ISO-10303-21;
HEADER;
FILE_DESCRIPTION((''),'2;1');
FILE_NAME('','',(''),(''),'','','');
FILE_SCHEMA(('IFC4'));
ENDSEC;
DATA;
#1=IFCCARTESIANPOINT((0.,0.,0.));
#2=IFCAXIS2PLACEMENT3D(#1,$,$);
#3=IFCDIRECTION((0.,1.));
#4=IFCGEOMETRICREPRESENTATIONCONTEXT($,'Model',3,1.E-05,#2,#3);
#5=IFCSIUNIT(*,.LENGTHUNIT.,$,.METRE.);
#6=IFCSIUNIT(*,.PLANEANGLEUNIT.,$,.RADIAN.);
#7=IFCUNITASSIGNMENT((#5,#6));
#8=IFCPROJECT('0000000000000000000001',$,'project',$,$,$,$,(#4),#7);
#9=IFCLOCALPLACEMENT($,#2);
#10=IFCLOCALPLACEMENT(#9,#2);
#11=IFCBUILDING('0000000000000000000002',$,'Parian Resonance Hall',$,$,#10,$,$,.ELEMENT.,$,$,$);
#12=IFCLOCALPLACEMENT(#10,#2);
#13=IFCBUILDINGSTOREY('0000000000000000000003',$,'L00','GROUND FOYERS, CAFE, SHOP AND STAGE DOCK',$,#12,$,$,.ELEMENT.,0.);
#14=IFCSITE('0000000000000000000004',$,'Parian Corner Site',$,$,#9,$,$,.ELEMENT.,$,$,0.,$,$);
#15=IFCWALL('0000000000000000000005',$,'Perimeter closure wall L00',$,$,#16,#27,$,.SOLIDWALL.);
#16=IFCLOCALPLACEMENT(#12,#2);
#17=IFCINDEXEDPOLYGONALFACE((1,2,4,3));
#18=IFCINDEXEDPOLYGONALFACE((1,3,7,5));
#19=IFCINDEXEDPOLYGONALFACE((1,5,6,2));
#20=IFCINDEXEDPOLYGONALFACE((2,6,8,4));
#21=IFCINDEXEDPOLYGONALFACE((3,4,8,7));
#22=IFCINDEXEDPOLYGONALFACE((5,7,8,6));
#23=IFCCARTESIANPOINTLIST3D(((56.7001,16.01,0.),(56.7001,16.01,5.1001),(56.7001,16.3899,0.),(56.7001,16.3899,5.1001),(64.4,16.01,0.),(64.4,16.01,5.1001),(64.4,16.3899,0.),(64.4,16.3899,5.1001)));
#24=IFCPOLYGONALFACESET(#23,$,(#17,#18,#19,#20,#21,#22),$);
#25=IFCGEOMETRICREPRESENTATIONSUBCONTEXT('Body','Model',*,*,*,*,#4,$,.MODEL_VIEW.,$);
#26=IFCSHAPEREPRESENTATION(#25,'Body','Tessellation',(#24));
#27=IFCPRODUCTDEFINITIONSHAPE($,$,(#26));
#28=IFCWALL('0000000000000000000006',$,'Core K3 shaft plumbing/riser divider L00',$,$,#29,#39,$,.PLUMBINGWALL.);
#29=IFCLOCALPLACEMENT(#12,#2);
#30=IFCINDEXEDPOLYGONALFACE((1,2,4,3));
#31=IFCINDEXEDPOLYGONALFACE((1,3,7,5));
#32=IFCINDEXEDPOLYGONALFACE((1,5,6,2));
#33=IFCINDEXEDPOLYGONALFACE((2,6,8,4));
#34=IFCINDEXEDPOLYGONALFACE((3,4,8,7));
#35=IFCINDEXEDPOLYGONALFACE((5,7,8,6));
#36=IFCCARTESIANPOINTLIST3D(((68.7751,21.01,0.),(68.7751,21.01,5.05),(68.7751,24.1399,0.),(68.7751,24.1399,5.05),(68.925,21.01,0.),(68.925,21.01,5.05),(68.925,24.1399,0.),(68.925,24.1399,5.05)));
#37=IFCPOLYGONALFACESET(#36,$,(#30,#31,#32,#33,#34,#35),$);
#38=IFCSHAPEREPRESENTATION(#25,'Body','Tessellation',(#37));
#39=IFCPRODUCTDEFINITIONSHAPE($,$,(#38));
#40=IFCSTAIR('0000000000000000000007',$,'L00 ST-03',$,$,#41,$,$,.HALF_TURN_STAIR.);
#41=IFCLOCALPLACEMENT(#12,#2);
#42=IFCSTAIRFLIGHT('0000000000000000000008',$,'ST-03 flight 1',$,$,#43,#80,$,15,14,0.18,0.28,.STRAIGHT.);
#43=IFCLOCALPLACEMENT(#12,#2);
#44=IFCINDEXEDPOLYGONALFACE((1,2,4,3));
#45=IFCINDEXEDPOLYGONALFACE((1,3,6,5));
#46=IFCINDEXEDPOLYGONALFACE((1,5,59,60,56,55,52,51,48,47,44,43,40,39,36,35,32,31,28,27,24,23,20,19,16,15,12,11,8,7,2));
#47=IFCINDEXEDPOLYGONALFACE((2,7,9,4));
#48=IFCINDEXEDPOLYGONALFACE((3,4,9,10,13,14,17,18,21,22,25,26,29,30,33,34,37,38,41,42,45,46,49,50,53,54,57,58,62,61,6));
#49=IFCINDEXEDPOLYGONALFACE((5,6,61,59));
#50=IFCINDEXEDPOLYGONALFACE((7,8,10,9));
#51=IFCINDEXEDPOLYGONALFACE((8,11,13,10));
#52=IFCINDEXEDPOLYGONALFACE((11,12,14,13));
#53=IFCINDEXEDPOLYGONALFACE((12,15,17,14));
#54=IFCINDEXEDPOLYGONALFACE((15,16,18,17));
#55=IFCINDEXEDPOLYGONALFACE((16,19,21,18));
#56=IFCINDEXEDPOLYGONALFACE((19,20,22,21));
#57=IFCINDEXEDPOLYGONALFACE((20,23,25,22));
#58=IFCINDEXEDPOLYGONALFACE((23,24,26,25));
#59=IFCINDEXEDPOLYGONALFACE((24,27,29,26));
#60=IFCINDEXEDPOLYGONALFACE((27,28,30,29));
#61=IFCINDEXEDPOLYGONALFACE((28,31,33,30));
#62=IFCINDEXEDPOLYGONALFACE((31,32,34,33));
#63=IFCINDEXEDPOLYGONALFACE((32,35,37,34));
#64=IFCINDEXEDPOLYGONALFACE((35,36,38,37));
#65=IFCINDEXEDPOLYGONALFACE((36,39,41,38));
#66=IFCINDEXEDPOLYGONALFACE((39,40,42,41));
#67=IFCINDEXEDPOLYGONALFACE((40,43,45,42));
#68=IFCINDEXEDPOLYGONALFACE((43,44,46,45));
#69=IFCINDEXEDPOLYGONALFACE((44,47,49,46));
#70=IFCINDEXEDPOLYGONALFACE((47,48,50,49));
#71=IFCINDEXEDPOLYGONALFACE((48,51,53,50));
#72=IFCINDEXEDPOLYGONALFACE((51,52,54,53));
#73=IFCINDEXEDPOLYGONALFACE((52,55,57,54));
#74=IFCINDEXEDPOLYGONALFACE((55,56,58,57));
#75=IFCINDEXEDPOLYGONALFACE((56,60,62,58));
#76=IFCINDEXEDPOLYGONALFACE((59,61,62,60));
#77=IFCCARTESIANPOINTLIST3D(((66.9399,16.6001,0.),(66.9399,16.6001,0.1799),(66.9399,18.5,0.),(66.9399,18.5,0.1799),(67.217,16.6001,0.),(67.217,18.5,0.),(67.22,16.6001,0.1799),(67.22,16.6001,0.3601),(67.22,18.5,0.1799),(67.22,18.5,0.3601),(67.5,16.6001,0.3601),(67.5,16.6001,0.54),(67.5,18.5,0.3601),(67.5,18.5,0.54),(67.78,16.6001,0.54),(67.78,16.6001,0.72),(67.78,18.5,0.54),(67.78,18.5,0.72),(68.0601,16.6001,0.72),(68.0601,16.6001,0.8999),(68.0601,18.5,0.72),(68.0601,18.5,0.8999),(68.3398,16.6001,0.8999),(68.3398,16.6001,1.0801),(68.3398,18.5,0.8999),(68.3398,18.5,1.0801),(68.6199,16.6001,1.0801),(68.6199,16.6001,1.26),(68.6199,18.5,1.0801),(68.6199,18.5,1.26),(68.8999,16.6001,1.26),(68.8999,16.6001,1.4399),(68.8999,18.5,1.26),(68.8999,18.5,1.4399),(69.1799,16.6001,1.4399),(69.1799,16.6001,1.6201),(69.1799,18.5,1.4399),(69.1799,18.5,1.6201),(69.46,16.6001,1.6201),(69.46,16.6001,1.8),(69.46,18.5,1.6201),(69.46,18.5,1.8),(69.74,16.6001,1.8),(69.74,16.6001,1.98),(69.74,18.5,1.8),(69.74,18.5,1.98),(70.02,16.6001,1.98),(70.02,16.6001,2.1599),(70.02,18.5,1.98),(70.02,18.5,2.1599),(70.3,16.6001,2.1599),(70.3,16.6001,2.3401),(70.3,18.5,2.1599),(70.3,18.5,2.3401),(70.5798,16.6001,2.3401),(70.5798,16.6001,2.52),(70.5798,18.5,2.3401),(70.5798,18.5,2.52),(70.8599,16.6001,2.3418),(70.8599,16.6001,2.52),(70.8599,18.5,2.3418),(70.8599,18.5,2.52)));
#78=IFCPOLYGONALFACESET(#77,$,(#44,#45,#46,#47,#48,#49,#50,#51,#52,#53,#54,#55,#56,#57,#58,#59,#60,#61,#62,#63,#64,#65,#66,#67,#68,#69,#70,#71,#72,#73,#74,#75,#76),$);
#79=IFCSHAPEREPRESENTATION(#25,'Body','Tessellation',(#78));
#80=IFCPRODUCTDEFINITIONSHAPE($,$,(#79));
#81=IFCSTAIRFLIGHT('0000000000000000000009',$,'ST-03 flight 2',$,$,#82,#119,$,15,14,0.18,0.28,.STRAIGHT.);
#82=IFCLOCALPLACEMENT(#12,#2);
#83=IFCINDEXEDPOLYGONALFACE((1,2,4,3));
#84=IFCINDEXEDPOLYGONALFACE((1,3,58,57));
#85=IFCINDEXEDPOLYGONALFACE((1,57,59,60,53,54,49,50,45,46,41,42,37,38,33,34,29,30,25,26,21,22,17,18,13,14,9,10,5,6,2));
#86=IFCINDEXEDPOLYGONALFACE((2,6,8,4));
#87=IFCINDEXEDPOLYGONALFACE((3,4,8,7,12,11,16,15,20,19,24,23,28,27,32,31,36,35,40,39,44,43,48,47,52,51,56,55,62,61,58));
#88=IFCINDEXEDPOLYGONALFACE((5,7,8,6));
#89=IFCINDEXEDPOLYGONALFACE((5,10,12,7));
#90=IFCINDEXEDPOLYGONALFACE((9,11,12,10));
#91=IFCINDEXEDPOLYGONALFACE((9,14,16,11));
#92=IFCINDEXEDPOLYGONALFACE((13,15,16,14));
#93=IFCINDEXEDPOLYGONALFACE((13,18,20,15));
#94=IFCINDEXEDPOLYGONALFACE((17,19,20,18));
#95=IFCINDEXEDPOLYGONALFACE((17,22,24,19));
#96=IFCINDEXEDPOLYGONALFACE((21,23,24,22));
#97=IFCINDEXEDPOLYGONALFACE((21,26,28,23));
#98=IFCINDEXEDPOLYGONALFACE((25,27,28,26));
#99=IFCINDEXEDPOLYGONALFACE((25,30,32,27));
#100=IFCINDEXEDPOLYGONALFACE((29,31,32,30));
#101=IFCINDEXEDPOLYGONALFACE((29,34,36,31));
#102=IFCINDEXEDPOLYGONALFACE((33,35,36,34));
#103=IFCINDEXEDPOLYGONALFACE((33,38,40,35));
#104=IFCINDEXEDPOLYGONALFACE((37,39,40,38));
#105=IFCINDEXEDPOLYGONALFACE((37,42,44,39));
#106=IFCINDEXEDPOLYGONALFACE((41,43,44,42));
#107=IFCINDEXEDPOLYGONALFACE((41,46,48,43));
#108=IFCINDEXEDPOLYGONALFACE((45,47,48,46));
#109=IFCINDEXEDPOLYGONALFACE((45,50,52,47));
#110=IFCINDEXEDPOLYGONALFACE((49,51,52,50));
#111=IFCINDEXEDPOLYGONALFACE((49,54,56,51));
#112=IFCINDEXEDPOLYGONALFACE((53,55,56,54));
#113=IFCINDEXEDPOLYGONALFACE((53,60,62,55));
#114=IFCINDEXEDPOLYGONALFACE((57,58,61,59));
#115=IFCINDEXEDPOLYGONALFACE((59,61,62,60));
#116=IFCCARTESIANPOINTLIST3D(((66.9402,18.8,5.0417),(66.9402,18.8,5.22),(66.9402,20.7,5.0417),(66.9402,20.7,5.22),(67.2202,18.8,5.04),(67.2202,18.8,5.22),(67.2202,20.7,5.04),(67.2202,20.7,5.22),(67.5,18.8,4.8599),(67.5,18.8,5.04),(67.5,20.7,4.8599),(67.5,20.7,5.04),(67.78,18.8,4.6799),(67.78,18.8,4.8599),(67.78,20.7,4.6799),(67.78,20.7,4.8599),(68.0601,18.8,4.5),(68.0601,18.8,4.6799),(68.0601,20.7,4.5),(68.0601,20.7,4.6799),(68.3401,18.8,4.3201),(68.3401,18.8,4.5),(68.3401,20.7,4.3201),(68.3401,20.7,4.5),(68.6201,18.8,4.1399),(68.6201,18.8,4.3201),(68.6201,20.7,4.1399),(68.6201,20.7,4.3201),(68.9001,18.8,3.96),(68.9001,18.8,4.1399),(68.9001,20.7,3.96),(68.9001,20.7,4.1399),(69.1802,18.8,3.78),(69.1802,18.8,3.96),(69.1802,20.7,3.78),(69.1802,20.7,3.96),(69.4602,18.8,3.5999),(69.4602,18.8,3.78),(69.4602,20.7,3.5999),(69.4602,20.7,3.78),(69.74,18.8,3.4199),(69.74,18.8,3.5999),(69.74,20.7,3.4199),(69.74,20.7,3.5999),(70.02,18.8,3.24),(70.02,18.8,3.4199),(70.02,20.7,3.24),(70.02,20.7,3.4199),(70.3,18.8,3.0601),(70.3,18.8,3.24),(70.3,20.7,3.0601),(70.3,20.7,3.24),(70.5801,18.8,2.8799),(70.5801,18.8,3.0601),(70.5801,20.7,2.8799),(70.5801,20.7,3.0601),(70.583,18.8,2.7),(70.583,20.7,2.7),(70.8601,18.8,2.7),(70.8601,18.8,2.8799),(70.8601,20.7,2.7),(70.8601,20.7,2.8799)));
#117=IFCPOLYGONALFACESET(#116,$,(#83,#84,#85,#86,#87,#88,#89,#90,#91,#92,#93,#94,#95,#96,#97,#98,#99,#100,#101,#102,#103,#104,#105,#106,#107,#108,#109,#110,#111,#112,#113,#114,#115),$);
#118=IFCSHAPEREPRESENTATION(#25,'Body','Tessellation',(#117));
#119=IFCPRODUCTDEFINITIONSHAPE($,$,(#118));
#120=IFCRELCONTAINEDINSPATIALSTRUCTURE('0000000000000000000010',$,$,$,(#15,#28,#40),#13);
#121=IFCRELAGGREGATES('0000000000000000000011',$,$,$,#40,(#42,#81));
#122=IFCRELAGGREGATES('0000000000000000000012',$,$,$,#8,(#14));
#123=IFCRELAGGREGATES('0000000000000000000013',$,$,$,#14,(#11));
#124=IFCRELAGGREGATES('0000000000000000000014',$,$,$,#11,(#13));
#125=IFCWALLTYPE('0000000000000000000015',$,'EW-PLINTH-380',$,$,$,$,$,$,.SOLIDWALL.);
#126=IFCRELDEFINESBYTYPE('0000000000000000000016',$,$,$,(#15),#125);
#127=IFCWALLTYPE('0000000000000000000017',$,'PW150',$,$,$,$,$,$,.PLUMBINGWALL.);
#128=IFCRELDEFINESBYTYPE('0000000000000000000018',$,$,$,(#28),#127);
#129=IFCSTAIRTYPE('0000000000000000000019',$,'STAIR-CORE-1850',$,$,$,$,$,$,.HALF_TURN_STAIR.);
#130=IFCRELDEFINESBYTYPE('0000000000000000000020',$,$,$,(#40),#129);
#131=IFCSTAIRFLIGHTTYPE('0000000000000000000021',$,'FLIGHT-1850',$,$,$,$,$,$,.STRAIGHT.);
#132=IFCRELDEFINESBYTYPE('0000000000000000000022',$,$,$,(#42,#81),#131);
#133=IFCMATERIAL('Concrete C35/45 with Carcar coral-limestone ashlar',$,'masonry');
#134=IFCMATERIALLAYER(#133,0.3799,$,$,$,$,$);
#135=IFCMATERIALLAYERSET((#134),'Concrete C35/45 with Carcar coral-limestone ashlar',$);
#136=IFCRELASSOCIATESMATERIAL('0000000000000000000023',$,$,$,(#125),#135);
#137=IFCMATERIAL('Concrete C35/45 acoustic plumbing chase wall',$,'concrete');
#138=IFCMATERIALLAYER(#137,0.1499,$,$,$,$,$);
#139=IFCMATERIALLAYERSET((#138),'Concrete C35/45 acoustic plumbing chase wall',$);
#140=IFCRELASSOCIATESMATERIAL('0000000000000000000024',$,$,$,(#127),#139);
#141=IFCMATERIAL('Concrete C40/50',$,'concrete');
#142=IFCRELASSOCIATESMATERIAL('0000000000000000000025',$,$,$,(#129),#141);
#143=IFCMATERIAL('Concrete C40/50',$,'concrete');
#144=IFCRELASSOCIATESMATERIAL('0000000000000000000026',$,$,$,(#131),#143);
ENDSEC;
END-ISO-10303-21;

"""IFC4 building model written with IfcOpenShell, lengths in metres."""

from ifc_helpers import new_model, si_unit, direction, frame, frame_2d, origin, place, context, subcontext, project, spatial, polyline, rectangle, outline, extrude, material, layer, layer_set, type_object, element, aggregate, save


model = new_model("IFC4")

# Units and contexts
model_context = context("Model", 3, precision=1e-05, world=origin(), true_north=direction((0.0, 1.0)))
body_context = subcontext(model_context, "Body", "Model", "MODEL_VIEW")
ifc_project = project(units=[si_unit("LENGTHUNIT", "METRE"), si_unit("PLANEANGLEUNIT", "RADIAN")], contexts=[model_context])

# Site, building, storey
site_placement = place(None, origin())
site = spatial("IfcSite", under=ifc_project, at=site_placement, Name="Parian Corner Site", CompositionType="ELEMENT", RefElevation=0.0)
building_placement = place(site_placement, origin())
building = spatial("IfcBuilding", under=site, at=building_placement, Name="Parian Resonance Hall", CompositionType="ELEMENT")
storey_placement = place(building_placement, origin())
storey = spatial("IfcBuildingStorey", under=building, at=storey_placement, Name="L00", Description="GROUND FOYERS, CAFE, SHOP AND STAGE DOCK", CompositionType="ELEMENT", Elevation=0.0)

# Walls
ifc_material_1 = material(Name="Concrete C35/45 with Carcar coral-limestone ashlar", Category="masonry")
ifc_layer_1 = layer(ifc_material_1, 0.3799)
ifc_layer_set_1 = layer_set([ifc_layer_1], Name="Concrete C35/45 with Carcar coral-limestone ashlar")
wall_type_1 = type_object("IfcWallType", Name="EW-PLINTH-380", PredefinedType="SOLIDWALL", material=ifc_layer_set_1)
wall_1_placement = place(storey_placement, frame((56.7, 16.2, 0.0), z_axis=(0.0, 0.0, 1.0), x_axis=(1.0, 0.0, 0.0)))
element("IfcWall", 1, at=wall_1_placement, inside=storey, type_object=wall_type_1, Name="Perimeter closure wall L00", PredefinedType="SOLIDWALL", context=body_context, shape_type="SweptSolid", body=[
    extrude(rectangle(XDim=7.7, YDim=0.3799, at=frame_2d((3.8501, 0.0))), origin(), (0.0, 0.0, 1.0), 5.1001),
])
ifc_material_2 = material(Name="Concrete C35/45 acoustic plumbing chase wall", Category="concrete")
ifc_layer_2 = layer(ifc_material_2, 0.1499)
ifc_layer_set_2 = layer_set([ifc_layer_2], Name="Concrete C35/45 acoustic plumbing chase wall")
wall_type_2 = type_object("IfcWallType", Name="PW150", PredefinedType="PLUMBINGWALL", material=ifc_layer_set_2)
wall_2_placement = place(storey_placement, frame((68.8501, 21.01, 0.0), z_axis=(0.0, 0.0, 1.0), x_axis=(0.0, 1.0, 0.0)))
element("IfcWall", 2, at=wall_2_placement, inside=storey, type_object=wall_type_2, Name="Core K3 shaft plumbing/riser divider L00", PredefinedType="PLUMBINGWALL", context=body_context, shape_type="SweptSolid", body=[
    extrude(rectangle(XDim=3.1299, YDim=0.1499, at=frame_2d((1.5649, 0.0))), origin(), (0.0, 0.0, 1.0), 5.05),
])

# Stair, stair flights
ifc_material_3 = material(Name="Concrete C40/50", Category="concrete")
stair_type = type_object("IfcStairType", Name="STAIR-CORE-1850", PredefinedType="HALF_TURN_STAIR", material=ifc_material_3)
stair_placement = place(storey_placement, origin())
stair = element("IfcStair", 3, at=stair_placement, inside=storey, type_object=stair_type, Name="L00 ST-03", PredefinedType="HALF_TURN_STAIR")
ifc_material_4 = material(Name="Concrete C40/50", Category="concrete")
stair_flight_type = type_object("IfcStairFlightType", Name="FLIGHT-1850", PredefinedType="STRAIGHT", material=ifc_material_4)
stair_flight_1_placement = place(storey_placement, frame((66.9399, 17.55, 0.0), z_axis=(0.0, 0.0, 1.0), x_axis=(1.0, 0.0, 0.0)))
stair_flight_1 = element("IfcStairFlight", 4, at=stair_flight_1_placement, type_object=stair_flight_type, Name="ST-03 flight 1", NumberOfRisers=15, NumberOfTreads=14, PredefinedType="STRAIGHT", RiserHeight=0.18, TreadLength=0.28, context=body_context, shape_type="SweptSolid", body=[
    extrude(outline(polyline([(0.0, 0.0), (0.0, 0.1799), (0.28, 0.1799), (0.28, 0.3601), (0.5601, 0.3601), (0.5601, 0.54), (0.8401, 0.54), (0.8401, 0.72), (1.1201, 0.72), (1.1201, 0.8999), (1.3999, 0.8999), (1.3999, 1.0801), (1.6799, 1.0801), (1.6799, 1.26), (1.96, 1.26), (1.96, 1.4399), (2.24, 1.4399), (2.24, 1.6201), (2.52, 1.6201), (2.52, 1.8), (2.8, 1.8), (2.8, 1.98), (3.0801, 1.98), (3.0801, 2.1599), (3.3601, 2.1599), (3.3601, 2.3401), (3.6399, 2.3401), (3.6399, 2.52), (3.9199, 2.52), (3.9199, 2.7), (3.9199, 2.3418), (0.2771, 0.0), (0.0, 0.0)])), frame((0.0, 0.95, 0.0), z_axis=(0.0, -1.0, 0.0), x_axis=(1.0, 0.0, 0.0)), (0.0, 0.0, 1.0), 1.8999),
])
stair_flight_2_placement = place(storey_placement, frame((70.8601, 19.75, 2.7), z_axis=(0.0, 0.0, 1.0), x_axis=(-1.0, 0.0, 0.0)))
stair_flight_2 = element("IfcStairFlight", 5, at=stair_flight_2_placement, type_object=stair_flight_type, Name="ST-03 flight 2", NumberOfRisers=15, NumberOfTreads=14, PredefinedType="STRAIGHT", RiserHeight=0.18, TreadLength=0.28, context=body_context, shape_type="SweptSolid", body=[
    extrude(outline(polyline([(0.0, 0.0), (0.0, 0.1799), (0.28, 0.1799), (0.28, 0.3601), (0.5601, 0.3601), (0.5601, 0.54), (0.8401, 0.54), (0.8401, 0.72), (1.1201, 0.72), (1.1201, 0.8999), (1.3999, 0.8999), (1.3999, 1.0801), (1.6799, 1.0801), (1.6799, 1.26), (1.96, 1.26), (1.96, 1.4399), (2.24, 1.4399), (2.24, 1.6201), (2.52, 1.6201), (2.52, 1.8), (2.8, 1.8), (2.8, 1.98), (3.0801, 1.98), (3.0801, 2.1599), (3.3601, 2.1599), (3.3601, 2.3401), (3.6399, 2.3401), (3.6399, 2.52), (3.9199, 2.52), (3.9199, 2.7), (3.9199, 2.3418), (0.2771, 0.0), (0.0, 0.0)])), frame((0.0, 0.95, 0.0), z_axis=(0.0, -1.0, 0.0), x_axis=(1.0, 0.0, 0.0)), (0.0, 0.0, 1.0), 1.8999),
])
aggregate(stair, [stair_flight_1, stair_flight_2])

save(model, "model.ifc")
